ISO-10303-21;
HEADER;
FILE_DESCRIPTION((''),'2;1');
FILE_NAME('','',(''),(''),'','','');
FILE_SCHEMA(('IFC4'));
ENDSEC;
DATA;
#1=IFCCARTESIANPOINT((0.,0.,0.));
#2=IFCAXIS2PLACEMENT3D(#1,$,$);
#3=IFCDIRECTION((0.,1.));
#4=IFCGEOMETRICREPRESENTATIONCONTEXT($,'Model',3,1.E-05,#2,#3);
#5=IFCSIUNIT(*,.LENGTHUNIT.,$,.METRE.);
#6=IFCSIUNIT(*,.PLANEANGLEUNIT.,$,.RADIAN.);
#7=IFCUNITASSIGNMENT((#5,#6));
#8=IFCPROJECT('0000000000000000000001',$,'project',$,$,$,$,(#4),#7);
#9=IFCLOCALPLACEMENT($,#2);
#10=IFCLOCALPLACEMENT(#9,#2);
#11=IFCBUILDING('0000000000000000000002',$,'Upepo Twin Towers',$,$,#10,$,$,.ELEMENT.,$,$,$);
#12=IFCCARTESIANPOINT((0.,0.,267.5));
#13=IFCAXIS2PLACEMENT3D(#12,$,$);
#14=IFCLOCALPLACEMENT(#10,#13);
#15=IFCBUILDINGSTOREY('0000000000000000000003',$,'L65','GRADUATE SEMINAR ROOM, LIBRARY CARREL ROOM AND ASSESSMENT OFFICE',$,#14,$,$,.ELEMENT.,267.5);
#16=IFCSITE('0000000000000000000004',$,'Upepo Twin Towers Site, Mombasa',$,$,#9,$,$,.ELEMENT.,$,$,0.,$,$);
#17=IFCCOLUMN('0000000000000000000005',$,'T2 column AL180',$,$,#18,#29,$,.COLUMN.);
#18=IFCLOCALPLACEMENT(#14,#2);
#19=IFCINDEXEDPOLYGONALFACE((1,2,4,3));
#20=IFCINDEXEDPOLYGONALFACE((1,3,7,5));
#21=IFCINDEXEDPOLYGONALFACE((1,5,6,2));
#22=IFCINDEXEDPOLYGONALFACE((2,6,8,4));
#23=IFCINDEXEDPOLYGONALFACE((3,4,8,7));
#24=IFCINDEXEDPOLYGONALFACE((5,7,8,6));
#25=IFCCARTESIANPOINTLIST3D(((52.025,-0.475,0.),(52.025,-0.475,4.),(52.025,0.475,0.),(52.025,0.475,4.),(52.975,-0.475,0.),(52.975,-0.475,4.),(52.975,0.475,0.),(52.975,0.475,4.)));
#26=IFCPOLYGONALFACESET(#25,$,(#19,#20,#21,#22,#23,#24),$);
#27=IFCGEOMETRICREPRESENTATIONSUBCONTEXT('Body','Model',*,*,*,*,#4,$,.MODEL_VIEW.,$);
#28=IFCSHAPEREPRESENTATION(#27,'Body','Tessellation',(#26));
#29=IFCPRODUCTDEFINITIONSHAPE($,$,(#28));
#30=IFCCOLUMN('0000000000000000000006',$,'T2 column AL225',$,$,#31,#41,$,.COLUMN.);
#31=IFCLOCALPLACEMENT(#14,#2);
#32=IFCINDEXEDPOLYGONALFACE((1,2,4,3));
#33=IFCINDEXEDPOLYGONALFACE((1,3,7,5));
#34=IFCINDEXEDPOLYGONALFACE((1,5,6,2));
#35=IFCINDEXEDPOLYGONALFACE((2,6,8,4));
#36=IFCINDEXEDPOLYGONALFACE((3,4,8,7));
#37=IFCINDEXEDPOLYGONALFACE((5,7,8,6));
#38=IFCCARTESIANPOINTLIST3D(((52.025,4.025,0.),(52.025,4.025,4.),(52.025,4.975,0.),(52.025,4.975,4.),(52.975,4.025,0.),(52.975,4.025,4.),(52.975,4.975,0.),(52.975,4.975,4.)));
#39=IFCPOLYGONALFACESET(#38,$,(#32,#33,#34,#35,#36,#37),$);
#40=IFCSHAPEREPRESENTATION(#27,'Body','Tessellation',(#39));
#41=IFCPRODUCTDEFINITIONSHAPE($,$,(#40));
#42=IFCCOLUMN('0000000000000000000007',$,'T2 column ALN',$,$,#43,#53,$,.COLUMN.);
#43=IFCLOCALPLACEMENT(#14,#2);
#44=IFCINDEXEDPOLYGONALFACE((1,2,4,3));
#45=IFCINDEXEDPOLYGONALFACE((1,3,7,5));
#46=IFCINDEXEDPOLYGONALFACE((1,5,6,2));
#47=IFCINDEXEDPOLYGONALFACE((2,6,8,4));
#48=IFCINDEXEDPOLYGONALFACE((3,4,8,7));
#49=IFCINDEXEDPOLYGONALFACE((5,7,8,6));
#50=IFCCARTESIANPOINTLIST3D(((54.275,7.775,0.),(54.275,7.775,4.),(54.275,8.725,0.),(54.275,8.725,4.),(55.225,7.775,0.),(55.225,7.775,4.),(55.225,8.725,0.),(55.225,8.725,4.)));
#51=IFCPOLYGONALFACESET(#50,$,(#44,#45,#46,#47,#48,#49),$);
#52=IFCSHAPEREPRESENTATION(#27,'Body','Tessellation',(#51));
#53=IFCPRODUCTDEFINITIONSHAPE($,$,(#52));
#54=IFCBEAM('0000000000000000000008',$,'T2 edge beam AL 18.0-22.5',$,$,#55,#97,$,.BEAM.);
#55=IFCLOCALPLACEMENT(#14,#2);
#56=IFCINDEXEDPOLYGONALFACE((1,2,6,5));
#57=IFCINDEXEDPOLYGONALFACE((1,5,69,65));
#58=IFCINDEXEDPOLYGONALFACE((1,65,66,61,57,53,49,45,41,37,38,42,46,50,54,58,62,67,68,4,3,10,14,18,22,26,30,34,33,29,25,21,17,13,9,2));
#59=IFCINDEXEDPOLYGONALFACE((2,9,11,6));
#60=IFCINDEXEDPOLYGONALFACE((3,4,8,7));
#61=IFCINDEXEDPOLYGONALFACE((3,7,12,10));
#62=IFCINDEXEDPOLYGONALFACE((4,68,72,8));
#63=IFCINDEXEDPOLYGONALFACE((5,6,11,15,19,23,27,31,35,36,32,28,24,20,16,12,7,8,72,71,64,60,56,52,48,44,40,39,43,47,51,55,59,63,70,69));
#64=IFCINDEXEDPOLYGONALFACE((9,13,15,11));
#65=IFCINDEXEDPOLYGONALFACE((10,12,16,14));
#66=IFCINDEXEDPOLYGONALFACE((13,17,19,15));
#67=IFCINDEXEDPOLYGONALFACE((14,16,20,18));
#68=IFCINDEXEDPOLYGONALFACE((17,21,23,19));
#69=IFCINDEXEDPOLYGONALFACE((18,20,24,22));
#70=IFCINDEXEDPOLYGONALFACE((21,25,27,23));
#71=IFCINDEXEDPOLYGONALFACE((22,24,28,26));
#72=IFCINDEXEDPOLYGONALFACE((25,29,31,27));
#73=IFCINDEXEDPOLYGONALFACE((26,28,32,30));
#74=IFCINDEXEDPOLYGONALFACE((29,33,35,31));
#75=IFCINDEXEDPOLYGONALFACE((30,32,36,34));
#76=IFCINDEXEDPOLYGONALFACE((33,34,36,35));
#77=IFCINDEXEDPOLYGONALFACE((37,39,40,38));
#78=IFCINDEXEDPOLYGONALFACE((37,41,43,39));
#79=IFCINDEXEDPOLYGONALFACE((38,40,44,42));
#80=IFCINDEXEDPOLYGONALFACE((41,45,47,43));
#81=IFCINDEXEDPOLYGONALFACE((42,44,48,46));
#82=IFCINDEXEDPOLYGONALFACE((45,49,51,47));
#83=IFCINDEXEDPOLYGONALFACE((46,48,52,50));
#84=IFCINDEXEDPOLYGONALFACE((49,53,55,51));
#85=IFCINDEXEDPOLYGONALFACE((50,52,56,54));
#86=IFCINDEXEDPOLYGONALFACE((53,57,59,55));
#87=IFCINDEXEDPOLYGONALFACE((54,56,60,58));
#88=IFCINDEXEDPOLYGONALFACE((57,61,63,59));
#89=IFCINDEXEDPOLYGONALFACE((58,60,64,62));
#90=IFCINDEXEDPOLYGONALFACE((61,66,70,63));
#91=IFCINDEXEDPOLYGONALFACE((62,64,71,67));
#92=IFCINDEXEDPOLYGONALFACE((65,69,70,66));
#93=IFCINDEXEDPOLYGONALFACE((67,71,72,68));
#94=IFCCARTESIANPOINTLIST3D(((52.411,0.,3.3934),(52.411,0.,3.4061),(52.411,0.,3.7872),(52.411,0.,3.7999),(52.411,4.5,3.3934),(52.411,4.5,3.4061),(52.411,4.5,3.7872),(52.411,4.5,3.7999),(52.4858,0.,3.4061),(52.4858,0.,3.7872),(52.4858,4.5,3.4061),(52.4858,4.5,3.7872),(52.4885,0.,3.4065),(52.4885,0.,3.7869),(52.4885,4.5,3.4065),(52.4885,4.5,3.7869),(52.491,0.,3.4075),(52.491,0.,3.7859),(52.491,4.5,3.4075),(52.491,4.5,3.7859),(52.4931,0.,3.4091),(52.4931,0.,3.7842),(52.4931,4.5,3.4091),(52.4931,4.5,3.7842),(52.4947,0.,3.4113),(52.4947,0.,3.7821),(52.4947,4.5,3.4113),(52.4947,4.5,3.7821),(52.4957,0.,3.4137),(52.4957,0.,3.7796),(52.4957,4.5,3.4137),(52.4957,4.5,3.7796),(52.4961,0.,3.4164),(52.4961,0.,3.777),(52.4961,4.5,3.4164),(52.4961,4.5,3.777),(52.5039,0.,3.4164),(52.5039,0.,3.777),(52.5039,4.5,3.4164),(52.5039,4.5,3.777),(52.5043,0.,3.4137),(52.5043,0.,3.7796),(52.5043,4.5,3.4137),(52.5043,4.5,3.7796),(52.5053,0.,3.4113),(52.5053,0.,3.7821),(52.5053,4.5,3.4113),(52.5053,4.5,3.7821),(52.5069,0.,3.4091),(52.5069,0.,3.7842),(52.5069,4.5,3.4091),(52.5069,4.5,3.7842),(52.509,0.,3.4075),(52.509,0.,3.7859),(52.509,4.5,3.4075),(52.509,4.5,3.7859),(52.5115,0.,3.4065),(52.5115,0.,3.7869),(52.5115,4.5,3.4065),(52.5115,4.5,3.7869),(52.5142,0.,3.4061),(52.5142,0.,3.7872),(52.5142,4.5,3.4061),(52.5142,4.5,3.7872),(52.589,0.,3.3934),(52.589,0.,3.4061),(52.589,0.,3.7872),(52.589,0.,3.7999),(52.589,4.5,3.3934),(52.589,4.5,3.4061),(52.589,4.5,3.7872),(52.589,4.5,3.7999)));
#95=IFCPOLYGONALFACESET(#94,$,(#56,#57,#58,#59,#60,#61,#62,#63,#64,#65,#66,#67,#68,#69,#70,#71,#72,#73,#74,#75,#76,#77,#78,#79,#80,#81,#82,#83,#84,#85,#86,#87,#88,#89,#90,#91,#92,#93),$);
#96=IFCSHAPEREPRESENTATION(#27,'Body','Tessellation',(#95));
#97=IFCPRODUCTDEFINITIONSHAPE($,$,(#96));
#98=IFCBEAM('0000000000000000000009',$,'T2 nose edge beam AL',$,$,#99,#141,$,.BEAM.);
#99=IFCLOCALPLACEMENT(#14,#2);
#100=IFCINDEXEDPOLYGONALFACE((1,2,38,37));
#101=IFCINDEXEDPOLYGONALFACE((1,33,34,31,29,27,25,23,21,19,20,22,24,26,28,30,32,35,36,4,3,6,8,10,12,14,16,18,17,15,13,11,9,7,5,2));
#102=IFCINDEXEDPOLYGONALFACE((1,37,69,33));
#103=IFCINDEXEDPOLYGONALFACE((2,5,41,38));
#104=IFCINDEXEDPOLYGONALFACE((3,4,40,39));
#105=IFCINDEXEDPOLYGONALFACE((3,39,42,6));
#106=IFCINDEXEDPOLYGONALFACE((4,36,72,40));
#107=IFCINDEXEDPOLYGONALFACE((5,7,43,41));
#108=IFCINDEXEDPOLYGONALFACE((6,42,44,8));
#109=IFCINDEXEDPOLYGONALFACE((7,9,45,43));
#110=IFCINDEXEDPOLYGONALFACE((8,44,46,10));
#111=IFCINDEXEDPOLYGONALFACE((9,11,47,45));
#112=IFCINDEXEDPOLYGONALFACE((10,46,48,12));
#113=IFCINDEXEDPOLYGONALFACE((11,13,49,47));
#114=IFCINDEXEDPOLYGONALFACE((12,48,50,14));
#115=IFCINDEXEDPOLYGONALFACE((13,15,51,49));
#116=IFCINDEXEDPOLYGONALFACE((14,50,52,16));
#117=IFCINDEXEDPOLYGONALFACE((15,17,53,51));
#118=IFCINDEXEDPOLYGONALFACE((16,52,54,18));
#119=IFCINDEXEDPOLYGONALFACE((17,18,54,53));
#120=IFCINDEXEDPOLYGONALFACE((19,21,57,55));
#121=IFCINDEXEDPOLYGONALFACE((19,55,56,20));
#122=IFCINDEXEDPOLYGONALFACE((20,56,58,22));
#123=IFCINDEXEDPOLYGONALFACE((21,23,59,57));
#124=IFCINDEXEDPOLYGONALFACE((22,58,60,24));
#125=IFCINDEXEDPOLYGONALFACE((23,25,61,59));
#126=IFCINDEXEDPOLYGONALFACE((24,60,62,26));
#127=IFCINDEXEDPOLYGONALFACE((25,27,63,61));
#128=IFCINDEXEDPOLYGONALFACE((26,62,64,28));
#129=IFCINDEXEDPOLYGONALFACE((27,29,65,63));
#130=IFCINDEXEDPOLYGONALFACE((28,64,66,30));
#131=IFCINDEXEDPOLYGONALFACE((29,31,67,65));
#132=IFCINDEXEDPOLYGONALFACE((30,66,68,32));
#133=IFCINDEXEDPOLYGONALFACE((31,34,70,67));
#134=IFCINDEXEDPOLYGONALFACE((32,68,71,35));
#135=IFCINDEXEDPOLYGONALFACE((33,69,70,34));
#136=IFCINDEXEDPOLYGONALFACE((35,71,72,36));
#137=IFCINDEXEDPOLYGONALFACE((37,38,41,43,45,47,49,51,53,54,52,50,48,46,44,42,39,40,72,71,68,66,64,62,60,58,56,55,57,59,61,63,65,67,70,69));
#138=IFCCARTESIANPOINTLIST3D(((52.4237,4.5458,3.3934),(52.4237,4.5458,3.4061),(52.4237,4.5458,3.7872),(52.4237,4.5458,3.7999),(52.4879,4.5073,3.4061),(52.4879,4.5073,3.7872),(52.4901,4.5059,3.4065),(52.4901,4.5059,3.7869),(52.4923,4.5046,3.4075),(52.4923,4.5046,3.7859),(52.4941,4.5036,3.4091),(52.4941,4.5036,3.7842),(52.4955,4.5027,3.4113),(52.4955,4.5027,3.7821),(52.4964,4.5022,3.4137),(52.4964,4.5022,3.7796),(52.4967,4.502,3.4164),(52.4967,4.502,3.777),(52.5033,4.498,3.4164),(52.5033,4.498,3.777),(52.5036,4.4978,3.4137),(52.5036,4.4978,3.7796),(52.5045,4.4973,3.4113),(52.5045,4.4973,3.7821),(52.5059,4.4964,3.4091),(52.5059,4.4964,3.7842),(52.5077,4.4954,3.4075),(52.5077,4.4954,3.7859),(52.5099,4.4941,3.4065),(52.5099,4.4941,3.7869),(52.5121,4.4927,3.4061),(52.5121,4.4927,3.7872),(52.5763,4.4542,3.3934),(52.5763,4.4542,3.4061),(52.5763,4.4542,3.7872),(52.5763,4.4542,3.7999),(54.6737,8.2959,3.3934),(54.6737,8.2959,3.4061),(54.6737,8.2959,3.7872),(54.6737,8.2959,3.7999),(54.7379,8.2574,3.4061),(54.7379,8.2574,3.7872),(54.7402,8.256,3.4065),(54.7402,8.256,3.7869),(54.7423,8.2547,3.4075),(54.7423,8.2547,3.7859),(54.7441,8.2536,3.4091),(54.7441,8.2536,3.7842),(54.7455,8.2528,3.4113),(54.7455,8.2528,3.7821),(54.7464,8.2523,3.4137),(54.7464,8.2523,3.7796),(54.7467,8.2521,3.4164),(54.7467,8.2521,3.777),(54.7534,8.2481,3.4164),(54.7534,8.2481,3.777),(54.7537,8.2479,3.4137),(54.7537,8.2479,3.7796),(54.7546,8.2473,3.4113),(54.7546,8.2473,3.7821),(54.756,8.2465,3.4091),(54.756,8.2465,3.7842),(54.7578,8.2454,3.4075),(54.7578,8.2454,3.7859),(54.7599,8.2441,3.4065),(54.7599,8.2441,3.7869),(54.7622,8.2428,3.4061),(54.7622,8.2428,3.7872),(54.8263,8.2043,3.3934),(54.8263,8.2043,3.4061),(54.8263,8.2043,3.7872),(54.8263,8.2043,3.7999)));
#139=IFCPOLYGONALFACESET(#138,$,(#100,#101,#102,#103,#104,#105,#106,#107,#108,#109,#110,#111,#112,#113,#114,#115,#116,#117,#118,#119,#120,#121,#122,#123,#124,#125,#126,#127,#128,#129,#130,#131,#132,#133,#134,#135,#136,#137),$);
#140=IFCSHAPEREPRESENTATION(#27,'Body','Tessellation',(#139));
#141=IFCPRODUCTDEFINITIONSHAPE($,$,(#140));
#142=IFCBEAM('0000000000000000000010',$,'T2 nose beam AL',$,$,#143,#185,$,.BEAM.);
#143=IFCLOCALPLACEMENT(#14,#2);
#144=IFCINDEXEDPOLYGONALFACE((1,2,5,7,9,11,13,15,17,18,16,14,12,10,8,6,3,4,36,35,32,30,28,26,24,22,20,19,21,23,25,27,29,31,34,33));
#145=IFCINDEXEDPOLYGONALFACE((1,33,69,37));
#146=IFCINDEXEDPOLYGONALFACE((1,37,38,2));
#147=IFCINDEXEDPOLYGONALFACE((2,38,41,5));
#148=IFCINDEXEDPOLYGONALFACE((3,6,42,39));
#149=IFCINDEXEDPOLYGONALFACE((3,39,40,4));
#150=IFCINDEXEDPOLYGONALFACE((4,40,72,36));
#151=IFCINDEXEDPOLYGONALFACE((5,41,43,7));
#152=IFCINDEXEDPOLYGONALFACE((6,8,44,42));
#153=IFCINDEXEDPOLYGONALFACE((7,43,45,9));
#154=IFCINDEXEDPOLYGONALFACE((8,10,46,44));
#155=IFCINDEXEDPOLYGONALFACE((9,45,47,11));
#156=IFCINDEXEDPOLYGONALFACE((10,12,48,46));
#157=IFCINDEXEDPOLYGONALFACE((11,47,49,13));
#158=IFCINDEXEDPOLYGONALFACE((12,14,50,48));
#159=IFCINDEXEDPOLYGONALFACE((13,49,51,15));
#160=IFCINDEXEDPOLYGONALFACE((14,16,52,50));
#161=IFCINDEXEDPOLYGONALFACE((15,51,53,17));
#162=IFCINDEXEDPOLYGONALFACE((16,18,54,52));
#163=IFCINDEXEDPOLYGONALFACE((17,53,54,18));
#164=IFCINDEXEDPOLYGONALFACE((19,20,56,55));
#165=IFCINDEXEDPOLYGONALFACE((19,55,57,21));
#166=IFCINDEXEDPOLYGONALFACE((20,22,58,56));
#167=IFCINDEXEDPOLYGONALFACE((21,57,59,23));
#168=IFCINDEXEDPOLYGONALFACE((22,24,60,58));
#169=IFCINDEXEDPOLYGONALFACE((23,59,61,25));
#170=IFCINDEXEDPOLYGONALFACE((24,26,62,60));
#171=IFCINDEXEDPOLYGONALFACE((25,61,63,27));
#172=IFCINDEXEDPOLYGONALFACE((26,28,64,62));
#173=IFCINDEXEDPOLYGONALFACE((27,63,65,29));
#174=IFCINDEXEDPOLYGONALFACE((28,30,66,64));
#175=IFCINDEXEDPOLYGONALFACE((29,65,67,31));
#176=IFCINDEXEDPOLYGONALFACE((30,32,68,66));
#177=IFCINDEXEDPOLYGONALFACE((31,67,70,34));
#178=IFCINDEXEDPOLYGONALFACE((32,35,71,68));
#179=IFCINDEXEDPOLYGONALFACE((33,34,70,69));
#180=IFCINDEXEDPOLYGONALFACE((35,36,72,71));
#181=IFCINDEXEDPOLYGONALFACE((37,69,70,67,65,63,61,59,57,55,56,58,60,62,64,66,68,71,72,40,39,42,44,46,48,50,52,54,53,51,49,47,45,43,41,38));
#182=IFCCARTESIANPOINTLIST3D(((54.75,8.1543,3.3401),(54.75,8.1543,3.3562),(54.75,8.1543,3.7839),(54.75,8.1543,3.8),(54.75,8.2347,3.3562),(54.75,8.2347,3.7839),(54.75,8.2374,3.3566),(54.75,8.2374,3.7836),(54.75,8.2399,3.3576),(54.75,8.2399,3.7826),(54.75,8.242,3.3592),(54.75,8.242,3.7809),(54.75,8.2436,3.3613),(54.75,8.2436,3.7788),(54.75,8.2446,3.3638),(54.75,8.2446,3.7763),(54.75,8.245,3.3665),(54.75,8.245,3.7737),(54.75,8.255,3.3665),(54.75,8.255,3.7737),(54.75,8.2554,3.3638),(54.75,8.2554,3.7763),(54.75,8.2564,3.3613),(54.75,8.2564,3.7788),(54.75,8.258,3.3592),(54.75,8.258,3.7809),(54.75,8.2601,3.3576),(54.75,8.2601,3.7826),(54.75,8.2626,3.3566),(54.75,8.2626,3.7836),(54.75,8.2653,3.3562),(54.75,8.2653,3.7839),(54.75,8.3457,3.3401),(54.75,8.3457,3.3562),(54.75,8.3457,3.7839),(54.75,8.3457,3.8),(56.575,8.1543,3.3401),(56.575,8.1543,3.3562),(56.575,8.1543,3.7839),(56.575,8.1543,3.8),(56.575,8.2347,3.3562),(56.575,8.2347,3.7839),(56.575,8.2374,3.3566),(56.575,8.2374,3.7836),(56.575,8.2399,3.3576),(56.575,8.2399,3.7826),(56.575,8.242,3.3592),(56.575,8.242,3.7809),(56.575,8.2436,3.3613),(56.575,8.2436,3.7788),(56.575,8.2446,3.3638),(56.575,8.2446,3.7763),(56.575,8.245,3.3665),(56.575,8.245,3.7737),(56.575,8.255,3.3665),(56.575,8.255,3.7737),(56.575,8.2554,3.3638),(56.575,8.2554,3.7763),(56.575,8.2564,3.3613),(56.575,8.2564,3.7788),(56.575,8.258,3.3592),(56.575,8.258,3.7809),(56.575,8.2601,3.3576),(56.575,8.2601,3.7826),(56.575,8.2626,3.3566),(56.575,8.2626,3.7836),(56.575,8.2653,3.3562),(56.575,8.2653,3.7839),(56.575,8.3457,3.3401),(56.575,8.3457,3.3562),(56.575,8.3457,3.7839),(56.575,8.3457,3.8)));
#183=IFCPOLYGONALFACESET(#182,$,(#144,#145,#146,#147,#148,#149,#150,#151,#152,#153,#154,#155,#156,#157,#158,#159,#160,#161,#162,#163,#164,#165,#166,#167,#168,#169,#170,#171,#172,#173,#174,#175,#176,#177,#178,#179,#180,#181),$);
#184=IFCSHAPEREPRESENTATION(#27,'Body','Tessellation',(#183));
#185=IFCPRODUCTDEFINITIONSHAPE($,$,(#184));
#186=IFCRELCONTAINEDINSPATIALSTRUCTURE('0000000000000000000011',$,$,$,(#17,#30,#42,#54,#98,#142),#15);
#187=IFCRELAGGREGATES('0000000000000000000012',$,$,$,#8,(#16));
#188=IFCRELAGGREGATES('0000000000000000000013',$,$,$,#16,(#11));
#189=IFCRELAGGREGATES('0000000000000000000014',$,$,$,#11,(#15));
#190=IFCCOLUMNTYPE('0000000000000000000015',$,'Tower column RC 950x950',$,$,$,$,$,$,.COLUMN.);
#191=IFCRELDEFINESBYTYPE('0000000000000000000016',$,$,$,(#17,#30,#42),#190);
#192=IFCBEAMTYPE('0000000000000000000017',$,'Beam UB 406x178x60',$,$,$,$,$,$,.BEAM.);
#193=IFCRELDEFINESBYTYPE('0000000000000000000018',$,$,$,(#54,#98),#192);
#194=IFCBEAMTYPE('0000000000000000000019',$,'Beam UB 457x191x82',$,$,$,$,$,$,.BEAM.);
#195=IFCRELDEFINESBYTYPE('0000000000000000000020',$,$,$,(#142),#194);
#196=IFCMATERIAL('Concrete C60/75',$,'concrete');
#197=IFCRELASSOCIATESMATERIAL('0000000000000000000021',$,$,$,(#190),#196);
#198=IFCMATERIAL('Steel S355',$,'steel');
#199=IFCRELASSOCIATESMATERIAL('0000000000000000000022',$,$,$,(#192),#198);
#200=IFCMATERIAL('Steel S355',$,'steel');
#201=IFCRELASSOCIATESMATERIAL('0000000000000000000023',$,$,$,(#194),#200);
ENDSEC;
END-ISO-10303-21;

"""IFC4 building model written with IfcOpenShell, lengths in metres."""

from ifc_helpers import new_model, si_unit, direction, frame, origin, origin_2d, place, context, subcontext, project, spatial, rectangle, i_section, extrude, material, material_profile, profile_set, type_object, element, save


model = new_model("IFC4")

# Units and contexts
model_context = context("Model", 3, precision=1e-05, world=origin(), true_north=direction((0.0, 1.0)))
body_context = subcontext(model_context, "Body", "Model", "MODEL_VIEW")
ifc_project = project(units=[si_unit("LENGTHUNIT", "METRE"), si_unit("PLANEANGLEUNIT", "RADIAN")], contexts=[model_context])

# Site, building, storey
site_placement = place(None, origin())
site = spatial("IfcSite", under=ifc_project, at=site_placement, Name="Upepo Twin Towers Site, Mombasa", CompositionType="ELEMENT", RefElevation=0.0)
building_placement = place(site_placement, origin())
building = spatial("IfcBuilding", under=site, at=building_placement, Name="Upepo Twin Towers", CompositionType="ELEMENT")
storey_placement = place(building_placement, frame((0.0, 0.0, 267.5)))
storey = spatial("IfcBuildingStorey", under=building, at=storey_placement, Name="L65", Description="GRADUATE SEMINAR ROOM, LIBRARY CARREL ROOM AND ASSESSMENT OFFICE", CompositionType="ELEMENT", Elevation=267.5)

# Columns
ifc_material_1 = material(Name="Concrete C60/75", Category="concrete")
ifc_material_profile_1 = material_profile(ifc_material_1, rectangle(XDim=0.95, YDim=0.95, at=origin_2d()), Name="RC 950x950")
ifc_profile_set_1 = profile_set([ifc_material_profile_1], Name="Concrete C60/75")
column_type = type_object("IfcColumnType", Name="Tower column RC 950x950", PredefinedType="COLUMN", material=ifc_profile_set_1)
for number, where, z_axis, x_axis, name in (
    (1, (52.5, 0.0, 0.0), (0.0, 0.0, 1.0), (1.0, 0.0, 0.0), "T2 column AL180"),
    (2, (52.5, 4.5, 0.0), (0.0, 0.0, 1.0), (1.0, 0.0, 0.0), "T2 column AL225"),
    (3, (54.75, 8.25, 0.0), (0.0, 0.0, 1.0), (1.0, 0.0, 0.0), "T2 column ALN"),
):
    element("IfcColumn", number, at=place(storey_placement, frame(where, z_axis=z_axis, x_axis=x_axis)), inside=storey, type_object=column_type, Name=name, PredefinedType="COLUMN", context=body_context, shape_type="SweptSolid", body=[
        extrude(rectangle(XDim=0.95, YDim=0.95, at=origin_2d()), origin(), (0.0, 0.0, 1.0), 4.0),
    ])

# Beams
ifc_material_2 = material(Name="Steel S355", Category="steel")
ifc_material_profile_2 = material_profile(ifc_material_2, i_section(OverallWidth=0.178, OverallDepth=0.4065, WebThickness=0.0078, FlangeThickness=0.0127, FilletRadius=0.0103, at=origin_2d()), Name="UB 406x178x60")
ifc_profile_set_2 = profile_set([ifc_material_profile_2], Name="Steel S355")
beam_type_1 = type_object("IfcBeamType", Name="Beam UB 406x178x60", PredefinedType="BEAM", material=ifc_profile_set_2)
beam_1_placement = place(storey_placement, frame((52.5, 0.0, 3.5967), z_axis=(0.0, 1.0, 0.0), x_axis=(-1.0, 0.0, 0.0)))
element("IfcBeam", 4, at=beam_1_placement, inside=storey, type_object=beam_type_1, Name="T2 edge beam AL 18.0-22.5", PredefinedType="BEAM", context=body_context, shape_type="SweptSolid", body=[
    extrude(i_section(OverallWidth=0.178, OverallDepth=0.4065, WebThickness=0.0078, FlangeThickness=0.0127, FilletRadius=0.0103, at=origin_2d()), origin(), (0.0, 0.0, 1.0), 4.5),
])
beam_2_placement = place(storey_placement, frame((52.5, 4.5, 3.5967), z_axis=(0.514496, 0.857493, 0.0), x_axis=(-0.857493, 0.514496, 0.0)))
element("IfcBeam", 5, at=beam_2_placement, inside=storey, type_object=beam_type_1, Name="T2 nose edge beam AL", PredefinedType="BEAM", context=body_context, shape_type="SweptSolid", body=[
    extrude(i_section(OverallWidth=0.178, OverallDepth=0.4065, WebThickness=0.0078, FlangeThickness=0.0127, FilletRadius=0.0103, at=origin_2d()), origin(), (0.0, 0.0, 1.0), 4.3733),
])
ifc_material_3 = material(Name="Steel S355", Category="steel")
ifc_material_profile_3 = material_profile(ifc_material_3, i_section(OverallWidth=0.1914, OverallDepth=0.46, WebThickness=0.01, FlangeThickness=0.0161, FilletRadius=0.0103, at=origin_2d()), Name="UB 457x191x82")
ifc_profile_set_3 = profile_set([ifc_material_profile_3], Name="Steel S355")
beam_type_2 = type_object("IfcBeamType", Name="Beam UB 457x191x82", PredefinedType="BEAM", material=ifc_profile_set_3)
beam_3_placement = place(storey_placement, frame((54.75, 8.25, 3.5701), z_axis=(1.0, 0.0, 0.0), x_axis=(0.0, 1.0, 0.0)))
element("IfcBeam", 6, at=beam_3_placement, inside=storey, type_object=beam_type_2, Name="T2 nose beam AL", PredefinedType="BEAM", context=body_context, shape_type="SweptSolid", body=[
    extrude(i_section(OverallWidth=0.1914, OverallDepth=0.46, WebThickness=0.01, FlangeThickness=0.0161, FilletRadius=0.0103, at=origin_2d()), origin(), (0.0, 0.0, 1.0), 1.825),
])

save(model, "model.ifc")
